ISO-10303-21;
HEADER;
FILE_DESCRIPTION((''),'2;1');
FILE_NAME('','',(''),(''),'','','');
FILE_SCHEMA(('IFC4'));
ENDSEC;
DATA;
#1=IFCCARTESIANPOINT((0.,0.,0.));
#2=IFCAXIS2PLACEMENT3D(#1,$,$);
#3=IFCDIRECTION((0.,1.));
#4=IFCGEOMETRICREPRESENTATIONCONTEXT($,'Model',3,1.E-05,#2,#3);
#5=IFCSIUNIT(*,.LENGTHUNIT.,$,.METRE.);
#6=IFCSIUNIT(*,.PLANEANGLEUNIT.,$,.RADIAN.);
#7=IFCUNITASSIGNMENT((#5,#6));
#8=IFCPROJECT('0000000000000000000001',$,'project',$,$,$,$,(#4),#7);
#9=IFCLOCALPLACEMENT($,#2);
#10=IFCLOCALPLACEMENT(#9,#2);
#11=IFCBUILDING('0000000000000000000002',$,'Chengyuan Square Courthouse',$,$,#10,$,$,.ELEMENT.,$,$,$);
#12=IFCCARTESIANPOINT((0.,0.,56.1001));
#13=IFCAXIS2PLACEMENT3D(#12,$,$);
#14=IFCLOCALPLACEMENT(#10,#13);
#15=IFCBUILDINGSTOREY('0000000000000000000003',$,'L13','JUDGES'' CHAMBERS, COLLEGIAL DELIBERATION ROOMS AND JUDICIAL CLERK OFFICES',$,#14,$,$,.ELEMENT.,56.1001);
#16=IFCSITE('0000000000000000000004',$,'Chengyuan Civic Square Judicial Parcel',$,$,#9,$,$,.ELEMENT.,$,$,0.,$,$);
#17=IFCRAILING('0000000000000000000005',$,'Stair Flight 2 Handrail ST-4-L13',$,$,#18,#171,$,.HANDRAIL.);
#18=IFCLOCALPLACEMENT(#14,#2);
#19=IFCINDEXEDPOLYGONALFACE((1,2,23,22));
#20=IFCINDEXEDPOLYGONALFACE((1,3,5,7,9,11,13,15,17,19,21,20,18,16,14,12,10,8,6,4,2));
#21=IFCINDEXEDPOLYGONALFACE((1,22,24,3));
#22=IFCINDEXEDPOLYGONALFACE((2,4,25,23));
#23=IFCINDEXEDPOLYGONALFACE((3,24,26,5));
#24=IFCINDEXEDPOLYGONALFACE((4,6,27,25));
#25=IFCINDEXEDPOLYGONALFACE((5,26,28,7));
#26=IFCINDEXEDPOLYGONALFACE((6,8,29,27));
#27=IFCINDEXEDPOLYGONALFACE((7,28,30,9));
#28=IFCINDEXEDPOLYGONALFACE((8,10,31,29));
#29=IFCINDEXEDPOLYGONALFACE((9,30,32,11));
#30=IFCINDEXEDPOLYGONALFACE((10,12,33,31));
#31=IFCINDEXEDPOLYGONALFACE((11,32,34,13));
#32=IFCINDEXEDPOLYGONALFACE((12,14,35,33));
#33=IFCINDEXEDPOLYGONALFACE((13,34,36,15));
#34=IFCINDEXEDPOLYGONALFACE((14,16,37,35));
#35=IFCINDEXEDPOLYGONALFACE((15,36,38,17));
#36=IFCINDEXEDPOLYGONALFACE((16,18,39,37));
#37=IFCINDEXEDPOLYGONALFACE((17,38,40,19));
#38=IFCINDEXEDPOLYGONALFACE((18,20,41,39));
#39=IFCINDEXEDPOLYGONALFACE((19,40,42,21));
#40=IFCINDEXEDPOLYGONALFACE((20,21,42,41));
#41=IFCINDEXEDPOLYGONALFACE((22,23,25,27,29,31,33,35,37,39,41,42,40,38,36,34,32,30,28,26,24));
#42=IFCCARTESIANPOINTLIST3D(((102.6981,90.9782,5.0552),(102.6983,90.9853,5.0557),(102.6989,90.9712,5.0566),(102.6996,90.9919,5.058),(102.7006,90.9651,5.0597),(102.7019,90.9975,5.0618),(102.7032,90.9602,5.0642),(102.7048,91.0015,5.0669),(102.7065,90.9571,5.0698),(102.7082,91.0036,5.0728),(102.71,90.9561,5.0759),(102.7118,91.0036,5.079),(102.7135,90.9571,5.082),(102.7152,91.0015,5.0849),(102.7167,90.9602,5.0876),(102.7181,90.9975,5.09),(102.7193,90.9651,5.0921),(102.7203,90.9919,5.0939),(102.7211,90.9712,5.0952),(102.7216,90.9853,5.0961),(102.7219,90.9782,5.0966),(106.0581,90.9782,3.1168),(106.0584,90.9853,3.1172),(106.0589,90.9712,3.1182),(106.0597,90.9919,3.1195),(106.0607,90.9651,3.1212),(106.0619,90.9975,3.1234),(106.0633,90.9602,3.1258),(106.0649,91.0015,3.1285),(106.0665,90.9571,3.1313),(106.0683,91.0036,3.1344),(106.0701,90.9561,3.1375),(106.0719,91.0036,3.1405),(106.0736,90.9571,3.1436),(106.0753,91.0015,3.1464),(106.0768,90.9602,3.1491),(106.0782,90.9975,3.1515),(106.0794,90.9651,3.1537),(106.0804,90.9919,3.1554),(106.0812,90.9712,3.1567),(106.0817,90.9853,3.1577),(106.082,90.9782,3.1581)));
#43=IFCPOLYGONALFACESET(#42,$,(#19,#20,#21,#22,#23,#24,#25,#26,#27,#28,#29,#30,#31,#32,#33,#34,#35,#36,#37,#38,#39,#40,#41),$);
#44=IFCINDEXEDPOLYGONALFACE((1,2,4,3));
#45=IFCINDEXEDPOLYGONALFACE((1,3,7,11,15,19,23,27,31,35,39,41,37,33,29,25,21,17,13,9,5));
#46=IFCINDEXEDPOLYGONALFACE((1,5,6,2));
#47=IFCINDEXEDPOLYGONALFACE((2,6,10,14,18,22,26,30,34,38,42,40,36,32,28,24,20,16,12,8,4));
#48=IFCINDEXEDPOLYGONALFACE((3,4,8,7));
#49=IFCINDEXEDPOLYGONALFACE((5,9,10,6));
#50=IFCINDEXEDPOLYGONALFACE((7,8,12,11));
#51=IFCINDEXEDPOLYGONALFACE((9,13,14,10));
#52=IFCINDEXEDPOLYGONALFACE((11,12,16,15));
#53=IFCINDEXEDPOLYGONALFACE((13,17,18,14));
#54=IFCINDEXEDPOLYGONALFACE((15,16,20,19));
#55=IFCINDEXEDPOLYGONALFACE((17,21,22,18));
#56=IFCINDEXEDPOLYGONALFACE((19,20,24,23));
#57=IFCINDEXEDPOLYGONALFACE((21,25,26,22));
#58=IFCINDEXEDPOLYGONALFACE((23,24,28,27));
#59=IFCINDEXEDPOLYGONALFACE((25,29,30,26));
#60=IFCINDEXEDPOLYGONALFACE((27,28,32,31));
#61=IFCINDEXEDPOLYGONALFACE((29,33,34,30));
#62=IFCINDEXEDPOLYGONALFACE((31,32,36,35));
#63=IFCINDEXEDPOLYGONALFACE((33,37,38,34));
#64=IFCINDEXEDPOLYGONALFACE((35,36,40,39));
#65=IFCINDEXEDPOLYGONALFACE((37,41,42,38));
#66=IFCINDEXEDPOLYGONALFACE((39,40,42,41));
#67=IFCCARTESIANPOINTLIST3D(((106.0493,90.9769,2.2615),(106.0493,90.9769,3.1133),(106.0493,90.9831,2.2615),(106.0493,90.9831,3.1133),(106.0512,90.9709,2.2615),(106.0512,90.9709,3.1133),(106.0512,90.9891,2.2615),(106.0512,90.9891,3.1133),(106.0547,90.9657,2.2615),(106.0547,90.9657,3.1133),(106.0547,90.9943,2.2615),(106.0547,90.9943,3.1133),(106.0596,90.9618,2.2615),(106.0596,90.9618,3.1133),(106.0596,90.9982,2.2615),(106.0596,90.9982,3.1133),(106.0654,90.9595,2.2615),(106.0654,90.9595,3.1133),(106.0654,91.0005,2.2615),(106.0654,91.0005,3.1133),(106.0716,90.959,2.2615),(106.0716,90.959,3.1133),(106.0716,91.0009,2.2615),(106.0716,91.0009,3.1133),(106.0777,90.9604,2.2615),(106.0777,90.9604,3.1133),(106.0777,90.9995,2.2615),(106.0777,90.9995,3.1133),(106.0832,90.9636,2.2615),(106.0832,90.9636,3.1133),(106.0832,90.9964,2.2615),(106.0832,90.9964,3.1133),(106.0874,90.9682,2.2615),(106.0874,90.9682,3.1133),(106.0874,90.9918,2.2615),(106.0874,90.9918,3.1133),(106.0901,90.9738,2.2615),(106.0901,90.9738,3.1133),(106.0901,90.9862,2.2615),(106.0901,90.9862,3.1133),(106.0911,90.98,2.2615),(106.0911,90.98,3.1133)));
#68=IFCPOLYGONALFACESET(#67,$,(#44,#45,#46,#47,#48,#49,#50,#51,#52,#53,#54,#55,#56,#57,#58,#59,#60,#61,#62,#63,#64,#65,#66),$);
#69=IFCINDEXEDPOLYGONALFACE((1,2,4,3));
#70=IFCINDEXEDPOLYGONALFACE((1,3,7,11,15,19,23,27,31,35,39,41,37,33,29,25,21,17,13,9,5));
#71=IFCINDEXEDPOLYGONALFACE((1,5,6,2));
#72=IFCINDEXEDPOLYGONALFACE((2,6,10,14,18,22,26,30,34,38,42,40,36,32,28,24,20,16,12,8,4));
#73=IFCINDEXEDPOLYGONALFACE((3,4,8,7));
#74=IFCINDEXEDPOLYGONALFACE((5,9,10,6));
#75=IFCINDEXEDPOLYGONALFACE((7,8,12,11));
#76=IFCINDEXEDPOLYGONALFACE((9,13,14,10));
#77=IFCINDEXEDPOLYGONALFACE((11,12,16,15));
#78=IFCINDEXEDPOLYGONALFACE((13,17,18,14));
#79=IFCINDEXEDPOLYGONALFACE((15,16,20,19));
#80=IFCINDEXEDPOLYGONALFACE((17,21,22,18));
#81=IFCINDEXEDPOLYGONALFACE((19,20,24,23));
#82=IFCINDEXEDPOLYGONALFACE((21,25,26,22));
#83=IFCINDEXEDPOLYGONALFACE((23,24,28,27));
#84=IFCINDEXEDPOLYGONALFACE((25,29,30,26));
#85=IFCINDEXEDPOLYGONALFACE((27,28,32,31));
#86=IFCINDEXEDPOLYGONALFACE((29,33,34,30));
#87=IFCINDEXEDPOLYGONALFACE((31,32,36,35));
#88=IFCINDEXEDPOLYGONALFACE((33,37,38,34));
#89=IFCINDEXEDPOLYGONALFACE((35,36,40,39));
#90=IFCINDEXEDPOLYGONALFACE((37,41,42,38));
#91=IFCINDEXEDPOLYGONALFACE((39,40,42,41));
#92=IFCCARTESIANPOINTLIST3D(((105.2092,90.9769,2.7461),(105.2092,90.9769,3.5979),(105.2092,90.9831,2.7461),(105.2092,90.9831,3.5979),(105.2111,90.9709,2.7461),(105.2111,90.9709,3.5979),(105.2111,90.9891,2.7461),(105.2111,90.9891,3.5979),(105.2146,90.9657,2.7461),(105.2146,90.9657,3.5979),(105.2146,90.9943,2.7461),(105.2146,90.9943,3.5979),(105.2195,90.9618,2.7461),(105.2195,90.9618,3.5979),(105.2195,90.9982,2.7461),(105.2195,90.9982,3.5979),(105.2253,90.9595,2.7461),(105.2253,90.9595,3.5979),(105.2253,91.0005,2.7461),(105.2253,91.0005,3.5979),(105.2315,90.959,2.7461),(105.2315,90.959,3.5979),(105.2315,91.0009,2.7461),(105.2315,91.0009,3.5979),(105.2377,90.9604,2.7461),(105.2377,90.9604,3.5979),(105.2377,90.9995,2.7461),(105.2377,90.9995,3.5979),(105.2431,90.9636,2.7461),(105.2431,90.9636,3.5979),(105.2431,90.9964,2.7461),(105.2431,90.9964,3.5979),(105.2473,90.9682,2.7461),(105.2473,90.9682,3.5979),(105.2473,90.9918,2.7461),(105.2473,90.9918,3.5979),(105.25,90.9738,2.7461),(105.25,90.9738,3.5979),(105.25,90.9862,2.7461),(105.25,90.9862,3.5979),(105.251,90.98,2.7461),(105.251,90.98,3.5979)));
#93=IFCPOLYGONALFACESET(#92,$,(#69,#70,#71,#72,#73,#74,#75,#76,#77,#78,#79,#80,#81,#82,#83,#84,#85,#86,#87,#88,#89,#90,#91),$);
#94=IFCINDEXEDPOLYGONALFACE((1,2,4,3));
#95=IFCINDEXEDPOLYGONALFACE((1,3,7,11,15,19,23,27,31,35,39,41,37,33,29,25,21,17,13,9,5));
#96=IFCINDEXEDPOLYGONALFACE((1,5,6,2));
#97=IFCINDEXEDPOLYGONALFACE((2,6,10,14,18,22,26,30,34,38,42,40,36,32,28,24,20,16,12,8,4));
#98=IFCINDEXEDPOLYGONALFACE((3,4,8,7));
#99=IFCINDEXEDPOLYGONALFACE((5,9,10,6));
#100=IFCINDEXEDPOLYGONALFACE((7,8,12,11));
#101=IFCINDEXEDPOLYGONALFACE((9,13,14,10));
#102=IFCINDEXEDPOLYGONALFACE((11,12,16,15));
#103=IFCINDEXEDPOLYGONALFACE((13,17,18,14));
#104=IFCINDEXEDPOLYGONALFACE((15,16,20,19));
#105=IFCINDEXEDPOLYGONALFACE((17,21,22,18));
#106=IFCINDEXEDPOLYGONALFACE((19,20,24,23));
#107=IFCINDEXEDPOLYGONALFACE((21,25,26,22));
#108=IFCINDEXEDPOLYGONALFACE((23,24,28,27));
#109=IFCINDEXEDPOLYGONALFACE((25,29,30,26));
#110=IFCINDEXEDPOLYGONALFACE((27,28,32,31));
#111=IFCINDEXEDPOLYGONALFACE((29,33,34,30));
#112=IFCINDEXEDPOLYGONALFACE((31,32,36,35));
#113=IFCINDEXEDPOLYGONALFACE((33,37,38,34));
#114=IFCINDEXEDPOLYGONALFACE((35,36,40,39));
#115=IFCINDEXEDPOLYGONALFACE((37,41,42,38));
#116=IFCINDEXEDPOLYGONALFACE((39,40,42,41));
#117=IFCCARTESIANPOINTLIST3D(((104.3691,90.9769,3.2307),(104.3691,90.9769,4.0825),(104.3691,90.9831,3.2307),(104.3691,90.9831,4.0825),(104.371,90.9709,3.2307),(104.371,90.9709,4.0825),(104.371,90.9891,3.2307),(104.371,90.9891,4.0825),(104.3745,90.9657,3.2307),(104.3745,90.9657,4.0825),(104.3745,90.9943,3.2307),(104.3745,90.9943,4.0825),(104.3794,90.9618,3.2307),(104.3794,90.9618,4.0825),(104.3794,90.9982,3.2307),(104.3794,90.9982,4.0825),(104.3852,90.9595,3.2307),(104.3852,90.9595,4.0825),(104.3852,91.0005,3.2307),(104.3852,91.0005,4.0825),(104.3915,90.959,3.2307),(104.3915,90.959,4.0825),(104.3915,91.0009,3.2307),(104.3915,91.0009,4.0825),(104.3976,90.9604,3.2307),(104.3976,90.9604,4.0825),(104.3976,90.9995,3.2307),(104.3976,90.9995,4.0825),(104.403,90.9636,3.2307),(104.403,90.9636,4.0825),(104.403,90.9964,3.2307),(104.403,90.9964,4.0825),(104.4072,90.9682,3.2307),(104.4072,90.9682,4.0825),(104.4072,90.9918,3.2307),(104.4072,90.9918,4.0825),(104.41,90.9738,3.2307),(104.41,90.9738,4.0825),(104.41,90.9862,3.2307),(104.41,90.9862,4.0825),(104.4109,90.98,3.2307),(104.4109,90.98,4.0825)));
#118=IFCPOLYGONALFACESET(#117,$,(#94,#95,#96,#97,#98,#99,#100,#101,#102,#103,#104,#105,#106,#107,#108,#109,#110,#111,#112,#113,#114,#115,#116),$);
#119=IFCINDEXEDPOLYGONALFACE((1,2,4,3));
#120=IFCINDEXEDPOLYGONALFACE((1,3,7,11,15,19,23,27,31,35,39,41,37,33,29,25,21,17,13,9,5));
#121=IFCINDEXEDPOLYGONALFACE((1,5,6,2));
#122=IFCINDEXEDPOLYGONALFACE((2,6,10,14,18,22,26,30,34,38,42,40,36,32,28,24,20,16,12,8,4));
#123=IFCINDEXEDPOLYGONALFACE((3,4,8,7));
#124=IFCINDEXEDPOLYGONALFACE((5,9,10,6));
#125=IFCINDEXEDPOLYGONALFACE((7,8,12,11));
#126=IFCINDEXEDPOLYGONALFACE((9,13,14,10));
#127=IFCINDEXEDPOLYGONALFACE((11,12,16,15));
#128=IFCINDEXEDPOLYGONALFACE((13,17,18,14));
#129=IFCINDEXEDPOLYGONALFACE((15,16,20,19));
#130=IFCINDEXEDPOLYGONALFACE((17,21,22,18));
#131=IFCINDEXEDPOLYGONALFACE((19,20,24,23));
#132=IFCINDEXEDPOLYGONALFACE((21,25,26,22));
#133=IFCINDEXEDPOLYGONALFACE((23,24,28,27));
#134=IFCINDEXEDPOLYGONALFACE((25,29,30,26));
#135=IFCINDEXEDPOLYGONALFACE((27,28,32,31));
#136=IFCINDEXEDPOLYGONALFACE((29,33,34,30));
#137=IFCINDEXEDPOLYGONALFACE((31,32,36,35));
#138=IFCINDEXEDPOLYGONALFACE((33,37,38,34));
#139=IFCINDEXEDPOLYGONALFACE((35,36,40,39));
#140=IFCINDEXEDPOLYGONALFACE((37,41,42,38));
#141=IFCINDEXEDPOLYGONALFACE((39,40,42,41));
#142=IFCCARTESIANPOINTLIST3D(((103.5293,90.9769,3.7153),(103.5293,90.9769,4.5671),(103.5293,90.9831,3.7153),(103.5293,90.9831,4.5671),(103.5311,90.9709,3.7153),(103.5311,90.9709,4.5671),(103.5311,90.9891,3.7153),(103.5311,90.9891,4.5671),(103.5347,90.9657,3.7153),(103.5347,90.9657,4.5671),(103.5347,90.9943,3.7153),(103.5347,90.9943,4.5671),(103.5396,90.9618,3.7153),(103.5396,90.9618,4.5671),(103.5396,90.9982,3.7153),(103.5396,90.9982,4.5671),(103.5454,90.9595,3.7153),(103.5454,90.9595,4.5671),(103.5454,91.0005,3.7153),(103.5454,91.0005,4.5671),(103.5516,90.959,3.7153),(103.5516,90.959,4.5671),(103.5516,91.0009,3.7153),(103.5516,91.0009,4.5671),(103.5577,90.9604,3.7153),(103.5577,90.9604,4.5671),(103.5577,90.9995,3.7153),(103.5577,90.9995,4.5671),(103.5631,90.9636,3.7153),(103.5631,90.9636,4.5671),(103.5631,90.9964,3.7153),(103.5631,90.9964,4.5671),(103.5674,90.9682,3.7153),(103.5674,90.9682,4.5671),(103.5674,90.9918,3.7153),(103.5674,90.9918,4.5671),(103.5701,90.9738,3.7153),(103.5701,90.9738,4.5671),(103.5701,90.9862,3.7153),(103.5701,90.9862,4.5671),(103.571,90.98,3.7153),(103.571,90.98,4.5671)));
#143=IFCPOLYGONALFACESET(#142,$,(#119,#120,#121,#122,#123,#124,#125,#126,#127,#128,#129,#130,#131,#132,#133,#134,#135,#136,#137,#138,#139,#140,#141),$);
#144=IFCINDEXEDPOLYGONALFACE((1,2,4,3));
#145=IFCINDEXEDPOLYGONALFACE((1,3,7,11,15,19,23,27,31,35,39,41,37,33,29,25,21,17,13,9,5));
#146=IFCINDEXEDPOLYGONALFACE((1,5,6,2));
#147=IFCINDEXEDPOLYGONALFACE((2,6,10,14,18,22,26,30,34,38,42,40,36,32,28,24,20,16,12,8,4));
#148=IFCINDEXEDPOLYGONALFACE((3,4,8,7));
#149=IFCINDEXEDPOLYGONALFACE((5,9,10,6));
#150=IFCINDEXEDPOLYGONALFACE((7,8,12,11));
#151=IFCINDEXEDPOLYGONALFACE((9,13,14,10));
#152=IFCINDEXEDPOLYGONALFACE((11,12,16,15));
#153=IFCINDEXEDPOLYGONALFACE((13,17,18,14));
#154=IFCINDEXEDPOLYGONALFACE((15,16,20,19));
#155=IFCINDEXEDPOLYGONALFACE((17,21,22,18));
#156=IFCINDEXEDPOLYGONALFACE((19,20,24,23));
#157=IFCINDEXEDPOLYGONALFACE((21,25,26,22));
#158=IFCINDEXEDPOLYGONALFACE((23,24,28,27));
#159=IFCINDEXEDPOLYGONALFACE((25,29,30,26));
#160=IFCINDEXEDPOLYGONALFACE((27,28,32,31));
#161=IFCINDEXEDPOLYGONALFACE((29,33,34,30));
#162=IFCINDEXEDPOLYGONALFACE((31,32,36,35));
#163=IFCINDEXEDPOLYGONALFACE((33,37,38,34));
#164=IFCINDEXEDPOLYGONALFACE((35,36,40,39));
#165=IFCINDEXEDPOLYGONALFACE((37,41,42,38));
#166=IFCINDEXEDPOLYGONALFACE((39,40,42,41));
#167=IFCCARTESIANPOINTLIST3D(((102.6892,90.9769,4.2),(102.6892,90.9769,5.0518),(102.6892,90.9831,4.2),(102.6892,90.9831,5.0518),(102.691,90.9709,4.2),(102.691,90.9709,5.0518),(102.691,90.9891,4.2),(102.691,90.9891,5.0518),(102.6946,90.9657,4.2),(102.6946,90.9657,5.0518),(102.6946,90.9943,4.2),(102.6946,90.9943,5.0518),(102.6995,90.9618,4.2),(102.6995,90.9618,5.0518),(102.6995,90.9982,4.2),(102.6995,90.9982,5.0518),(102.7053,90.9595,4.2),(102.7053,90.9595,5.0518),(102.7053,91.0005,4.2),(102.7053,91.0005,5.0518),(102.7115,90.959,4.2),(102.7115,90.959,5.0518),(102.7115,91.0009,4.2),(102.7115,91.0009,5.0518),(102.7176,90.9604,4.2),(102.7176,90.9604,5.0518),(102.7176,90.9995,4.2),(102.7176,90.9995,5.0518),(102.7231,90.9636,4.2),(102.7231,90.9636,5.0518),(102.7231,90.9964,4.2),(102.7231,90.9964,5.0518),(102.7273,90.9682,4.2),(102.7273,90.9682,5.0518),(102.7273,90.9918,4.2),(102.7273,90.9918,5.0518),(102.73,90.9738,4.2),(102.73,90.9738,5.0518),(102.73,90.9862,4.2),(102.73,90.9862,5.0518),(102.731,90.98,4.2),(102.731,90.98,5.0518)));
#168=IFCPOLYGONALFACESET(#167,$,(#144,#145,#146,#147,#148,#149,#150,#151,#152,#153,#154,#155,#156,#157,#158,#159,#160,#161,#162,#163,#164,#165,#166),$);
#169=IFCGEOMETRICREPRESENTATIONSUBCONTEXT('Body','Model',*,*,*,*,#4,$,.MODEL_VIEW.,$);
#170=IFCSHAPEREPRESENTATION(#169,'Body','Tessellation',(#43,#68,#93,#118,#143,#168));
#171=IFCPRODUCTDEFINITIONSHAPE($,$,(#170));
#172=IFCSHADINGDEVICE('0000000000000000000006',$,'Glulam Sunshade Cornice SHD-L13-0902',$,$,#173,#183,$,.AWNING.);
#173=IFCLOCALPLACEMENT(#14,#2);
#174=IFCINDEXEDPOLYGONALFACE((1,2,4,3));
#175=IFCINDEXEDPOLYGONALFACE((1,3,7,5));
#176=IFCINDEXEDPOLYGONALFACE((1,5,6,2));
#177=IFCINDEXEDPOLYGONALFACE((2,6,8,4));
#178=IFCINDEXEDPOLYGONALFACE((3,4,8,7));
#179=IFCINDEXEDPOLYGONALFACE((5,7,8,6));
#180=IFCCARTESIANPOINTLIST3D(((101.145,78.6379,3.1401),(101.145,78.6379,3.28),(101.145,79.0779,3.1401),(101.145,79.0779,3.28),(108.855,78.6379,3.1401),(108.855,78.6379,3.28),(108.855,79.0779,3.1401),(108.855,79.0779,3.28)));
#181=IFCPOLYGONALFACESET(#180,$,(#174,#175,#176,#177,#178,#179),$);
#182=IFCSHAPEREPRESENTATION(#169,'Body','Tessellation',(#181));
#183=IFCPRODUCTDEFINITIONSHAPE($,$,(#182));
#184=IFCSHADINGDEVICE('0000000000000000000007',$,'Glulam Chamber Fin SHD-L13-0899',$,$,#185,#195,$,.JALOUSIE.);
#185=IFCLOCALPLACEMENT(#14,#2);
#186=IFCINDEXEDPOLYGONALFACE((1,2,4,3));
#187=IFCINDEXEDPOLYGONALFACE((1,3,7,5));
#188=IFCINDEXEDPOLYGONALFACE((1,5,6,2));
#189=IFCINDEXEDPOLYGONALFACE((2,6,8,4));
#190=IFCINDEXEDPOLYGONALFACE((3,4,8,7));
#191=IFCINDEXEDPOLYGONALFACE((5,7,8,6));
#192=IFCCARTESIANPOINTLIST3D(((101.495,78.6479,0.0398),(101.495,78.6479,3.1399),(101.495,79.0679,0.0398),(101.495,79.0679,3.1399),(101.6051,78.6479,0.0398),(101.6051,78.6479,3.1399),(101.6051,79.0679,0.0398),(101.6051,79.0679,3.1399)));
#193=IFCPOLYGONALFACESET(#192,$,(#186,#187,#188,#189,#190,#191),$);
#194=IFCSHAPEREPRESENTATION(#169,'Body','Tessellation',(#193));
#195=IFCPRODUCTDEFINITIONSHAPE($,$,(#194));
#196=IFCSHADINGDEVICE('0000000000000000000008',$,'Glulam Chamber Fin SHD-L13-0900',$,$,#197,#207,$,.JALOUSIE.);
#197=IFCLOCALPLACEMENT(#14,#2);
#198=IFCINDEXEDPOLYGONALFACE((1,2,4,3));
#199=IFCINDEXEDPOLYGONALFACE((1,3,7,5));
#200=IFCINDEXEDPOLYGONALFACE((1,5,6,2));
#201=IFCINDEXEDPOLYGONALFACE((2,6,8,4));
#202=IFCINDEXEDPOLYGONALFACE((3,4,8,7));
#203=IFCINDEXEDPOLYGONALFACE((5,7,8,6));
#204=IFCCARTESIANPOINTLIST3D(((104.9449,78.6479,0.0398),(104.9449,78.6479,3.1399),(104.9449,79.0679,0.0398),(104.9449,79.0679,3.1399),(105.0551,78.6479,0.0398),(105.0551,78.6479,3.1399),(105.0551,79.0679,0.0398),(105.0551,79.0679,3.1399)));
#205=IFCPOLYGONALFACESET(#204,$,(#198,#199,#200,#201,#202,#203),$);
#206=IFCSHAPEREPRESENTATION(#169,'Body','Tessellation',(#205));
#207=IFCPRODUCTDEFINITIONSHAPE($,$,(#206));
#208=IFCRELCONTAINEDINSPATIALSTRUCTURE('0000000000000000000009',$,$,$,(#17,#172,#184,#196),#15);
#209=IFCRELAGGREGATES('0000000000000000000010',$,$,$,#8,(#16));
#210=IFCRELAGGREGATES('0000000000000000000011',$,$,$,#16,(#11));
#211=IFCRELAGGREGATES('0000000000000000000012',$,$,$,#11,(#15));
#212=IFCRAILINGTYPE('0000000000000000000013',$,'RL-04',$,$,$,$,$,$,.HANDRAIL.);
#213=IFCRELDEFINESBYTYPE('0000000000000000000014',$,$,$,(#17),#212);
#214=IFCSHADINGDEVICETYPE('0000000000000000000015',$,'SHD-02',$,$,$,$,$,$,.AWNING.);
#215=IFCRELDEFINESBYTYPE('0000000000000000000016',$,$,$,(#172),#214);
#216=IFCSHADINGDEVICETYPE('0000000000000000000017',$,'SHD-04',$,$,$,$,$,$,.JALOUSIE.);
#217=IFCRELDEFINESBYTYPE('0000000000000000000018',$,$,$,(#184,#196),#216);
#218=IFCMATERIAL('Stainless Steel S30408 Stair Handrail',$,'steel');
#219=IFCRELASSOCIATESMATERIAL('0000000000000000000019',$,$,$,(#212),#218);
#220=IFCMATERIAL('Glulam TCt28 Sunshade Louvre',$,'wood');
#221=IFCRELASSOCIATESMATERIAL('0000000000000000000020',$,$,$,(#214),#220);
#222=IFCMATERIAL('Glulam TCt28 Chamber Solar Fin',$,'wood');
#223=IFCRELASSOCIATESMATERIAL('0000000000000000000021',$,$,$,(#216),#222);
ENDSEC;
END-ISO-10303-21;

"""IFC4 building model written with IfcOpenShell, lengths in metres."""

from ifc_helpers import new_model, si_unit, direction, frame, origin, origin_2d, place, context, subcontext, project, spatial, rectangle, circle, extrude, material, type_object, element, save


model = new_model("IFC4")

# Units and contexts
model_context = context("Model", 3, precision=1e-05, world=origin(), true_north=direction((0.0, 1.0)))
body_context = subcontext(model_context, "Body", "Model", "MODEL_VIEW")
ifc_project = project(units=[si_unit("LENGTHUNIT", "METRE"), si_unit("PLANEANGLEUNIT", "RADIAN")], contexts=[model_context])

# Site, building, storey
site_placement = place(None, origin())
site = spatial("IfcSite", under=ifc_project, at=site_placement, Name="Chengyuan Civic Square Judicial Parcel", CompositionType="ELEMENT", RefElevation=0.0)
building_placement = place(site_placement, origin())
building = spatial("IfcBuilding", under=site, at=building_placement, Name="Chengyuan Square Courthouse", CompositionType="ELEMENT")
storey_placement = place(building_placement, frame((0.0, 0.0, 56.1001)))
storey = spatial("IfcBuildingStorey", under=building, at=storey_placement, Name="L13", Description="JUDGES' CHAMBERS, COLLEGIAL DELIBERATION ROOMS AND JUDICIAL CLERK OFFICES", CompositionType="ELEMENT", Elevation=56.1001)

# Railing
ifc_material_1 = material(Name="Stainless Steel S30408 Stair Handrail", Category="steel")
railing_type_1 = type_object("IfcRailingType", Name="RL-04", PredefinedType="HANDRAIL", material=ifc_material_1)
railing_1_placement = place(storey_placement, frame((106.0701, 90.98, 2.2615)))
element("IfcRailing", 1, at=railing_1_placement, inside=storey, type_object=railing_type_1, Name="Stair Flight 2 Handrail ST-4-L13", PredefinedType="HANDRAIL", context=body_context, shape_type="SweptSolid", body=[
    extrude(circle(Radius=0.0239, at=origin_2d()), frame((0.0, 0.0, 0.876), z_axis=(-0.866191, 0.0, 0.499713), x_axis=(0.0, -1.0, 0.0)), (0.0, 0.0, 1.0), 3.8792),
    extrude(circle(Radius=0.021, at=origin_2d()), origin(), (0.0, 0.0, 1.0), 0.8518),
    extrude(circle(Radius=0.021, at=origin_2d()), frame((-0.8401, 0.0, 0.4846)), (0.0, 0.0, 1.0), 0.8518),
    extrude(circle(Radius=0.021, at=origin_2d()), frame((-1.6802, 0.0, 0.9692)), (0.0, 0.0, 1.0), 0.8518),
    extrude(circle(Radius=0.021, at=origin_2d()), frame((-2.52, 0.0, 1.4539)), (0.0, 0.0, 1.0), 0.8518),
    extrude(circle(Radius=0.021, at=origin_2d()), frame((-3.3601, 0.0, 1.9385)), (0.0, 0.0, 1.0), 0.8518),
])

# Shading devices
ifc_material_2 = material(Name="Glulam TCt28 Sunshade Louvre", Category="wood")
shading_device_type_1 = type_object("IfcShadingDeviceType", Name="SHD-02", PredefinedType="AWNING", material=ifc_material_2)
shading_device_placement = place(storey_placement, frame((105.0, 78.8579, 3.1401), z_axis=(0.0, 0.0, 1.0), x_axis=(1.0, 0.0, 0.0)))
element("IfcShadingDevice", 2, at=shading_device_placement, inside=storey, type_object=shading_device_type_1, Name="Glulam Sunshade Cornice SHD-L13-0902", PredefinedType="AWNING", context=body_context, shape_type="SweptSolid", body=[
    extrude(rectangle(XDim=7.71, YDim=0.4399, at=origin_2d()), origin(), (0.0, 0.0, 1.0), 0.1399),
])
ifc_material_3 = material(Name="Glulam TCt28 Chamber Solar Fin", Category="wood")
shading_device_type_2 = type_object("IfcShadingDeviceType", Name="SHD-04", PredefinedType="JALOUSIE", material=ifc_material_3)
for number, where, z_axis, x_axis, name in (
    (3, (101.55, 78.8579, 0.0398), (0.0, 0.0, 1.0), (0.0, 1.0, 0.0), "Glulam Chamber Fin SHD-L13-0899"),
    (4, (105.0, 78.8579, 0.0398), (0.0, 0.0, 1.0), (0.0, 1.0, 0.0), "Glulam Chamber Fin SHD-L13-0900"),
):
    element("IfcShadingDevice", number, at=place(storey_placement, frame(where, z_axis=z_axis, x_axis=x_axis)), inside=storey, type_object=shading_device_type_2, Name=name, PredefinedType="JALOUSIE", context=body_context, shape_type="SweptSolid", body=[
        extrude(rectangle(XDim=0.4199, YDim=0.1101, at=origin_2d()), origin(), (0.0, 0.0, 1.0), 3.1001),
    ])

save(model, "model.ifc")
